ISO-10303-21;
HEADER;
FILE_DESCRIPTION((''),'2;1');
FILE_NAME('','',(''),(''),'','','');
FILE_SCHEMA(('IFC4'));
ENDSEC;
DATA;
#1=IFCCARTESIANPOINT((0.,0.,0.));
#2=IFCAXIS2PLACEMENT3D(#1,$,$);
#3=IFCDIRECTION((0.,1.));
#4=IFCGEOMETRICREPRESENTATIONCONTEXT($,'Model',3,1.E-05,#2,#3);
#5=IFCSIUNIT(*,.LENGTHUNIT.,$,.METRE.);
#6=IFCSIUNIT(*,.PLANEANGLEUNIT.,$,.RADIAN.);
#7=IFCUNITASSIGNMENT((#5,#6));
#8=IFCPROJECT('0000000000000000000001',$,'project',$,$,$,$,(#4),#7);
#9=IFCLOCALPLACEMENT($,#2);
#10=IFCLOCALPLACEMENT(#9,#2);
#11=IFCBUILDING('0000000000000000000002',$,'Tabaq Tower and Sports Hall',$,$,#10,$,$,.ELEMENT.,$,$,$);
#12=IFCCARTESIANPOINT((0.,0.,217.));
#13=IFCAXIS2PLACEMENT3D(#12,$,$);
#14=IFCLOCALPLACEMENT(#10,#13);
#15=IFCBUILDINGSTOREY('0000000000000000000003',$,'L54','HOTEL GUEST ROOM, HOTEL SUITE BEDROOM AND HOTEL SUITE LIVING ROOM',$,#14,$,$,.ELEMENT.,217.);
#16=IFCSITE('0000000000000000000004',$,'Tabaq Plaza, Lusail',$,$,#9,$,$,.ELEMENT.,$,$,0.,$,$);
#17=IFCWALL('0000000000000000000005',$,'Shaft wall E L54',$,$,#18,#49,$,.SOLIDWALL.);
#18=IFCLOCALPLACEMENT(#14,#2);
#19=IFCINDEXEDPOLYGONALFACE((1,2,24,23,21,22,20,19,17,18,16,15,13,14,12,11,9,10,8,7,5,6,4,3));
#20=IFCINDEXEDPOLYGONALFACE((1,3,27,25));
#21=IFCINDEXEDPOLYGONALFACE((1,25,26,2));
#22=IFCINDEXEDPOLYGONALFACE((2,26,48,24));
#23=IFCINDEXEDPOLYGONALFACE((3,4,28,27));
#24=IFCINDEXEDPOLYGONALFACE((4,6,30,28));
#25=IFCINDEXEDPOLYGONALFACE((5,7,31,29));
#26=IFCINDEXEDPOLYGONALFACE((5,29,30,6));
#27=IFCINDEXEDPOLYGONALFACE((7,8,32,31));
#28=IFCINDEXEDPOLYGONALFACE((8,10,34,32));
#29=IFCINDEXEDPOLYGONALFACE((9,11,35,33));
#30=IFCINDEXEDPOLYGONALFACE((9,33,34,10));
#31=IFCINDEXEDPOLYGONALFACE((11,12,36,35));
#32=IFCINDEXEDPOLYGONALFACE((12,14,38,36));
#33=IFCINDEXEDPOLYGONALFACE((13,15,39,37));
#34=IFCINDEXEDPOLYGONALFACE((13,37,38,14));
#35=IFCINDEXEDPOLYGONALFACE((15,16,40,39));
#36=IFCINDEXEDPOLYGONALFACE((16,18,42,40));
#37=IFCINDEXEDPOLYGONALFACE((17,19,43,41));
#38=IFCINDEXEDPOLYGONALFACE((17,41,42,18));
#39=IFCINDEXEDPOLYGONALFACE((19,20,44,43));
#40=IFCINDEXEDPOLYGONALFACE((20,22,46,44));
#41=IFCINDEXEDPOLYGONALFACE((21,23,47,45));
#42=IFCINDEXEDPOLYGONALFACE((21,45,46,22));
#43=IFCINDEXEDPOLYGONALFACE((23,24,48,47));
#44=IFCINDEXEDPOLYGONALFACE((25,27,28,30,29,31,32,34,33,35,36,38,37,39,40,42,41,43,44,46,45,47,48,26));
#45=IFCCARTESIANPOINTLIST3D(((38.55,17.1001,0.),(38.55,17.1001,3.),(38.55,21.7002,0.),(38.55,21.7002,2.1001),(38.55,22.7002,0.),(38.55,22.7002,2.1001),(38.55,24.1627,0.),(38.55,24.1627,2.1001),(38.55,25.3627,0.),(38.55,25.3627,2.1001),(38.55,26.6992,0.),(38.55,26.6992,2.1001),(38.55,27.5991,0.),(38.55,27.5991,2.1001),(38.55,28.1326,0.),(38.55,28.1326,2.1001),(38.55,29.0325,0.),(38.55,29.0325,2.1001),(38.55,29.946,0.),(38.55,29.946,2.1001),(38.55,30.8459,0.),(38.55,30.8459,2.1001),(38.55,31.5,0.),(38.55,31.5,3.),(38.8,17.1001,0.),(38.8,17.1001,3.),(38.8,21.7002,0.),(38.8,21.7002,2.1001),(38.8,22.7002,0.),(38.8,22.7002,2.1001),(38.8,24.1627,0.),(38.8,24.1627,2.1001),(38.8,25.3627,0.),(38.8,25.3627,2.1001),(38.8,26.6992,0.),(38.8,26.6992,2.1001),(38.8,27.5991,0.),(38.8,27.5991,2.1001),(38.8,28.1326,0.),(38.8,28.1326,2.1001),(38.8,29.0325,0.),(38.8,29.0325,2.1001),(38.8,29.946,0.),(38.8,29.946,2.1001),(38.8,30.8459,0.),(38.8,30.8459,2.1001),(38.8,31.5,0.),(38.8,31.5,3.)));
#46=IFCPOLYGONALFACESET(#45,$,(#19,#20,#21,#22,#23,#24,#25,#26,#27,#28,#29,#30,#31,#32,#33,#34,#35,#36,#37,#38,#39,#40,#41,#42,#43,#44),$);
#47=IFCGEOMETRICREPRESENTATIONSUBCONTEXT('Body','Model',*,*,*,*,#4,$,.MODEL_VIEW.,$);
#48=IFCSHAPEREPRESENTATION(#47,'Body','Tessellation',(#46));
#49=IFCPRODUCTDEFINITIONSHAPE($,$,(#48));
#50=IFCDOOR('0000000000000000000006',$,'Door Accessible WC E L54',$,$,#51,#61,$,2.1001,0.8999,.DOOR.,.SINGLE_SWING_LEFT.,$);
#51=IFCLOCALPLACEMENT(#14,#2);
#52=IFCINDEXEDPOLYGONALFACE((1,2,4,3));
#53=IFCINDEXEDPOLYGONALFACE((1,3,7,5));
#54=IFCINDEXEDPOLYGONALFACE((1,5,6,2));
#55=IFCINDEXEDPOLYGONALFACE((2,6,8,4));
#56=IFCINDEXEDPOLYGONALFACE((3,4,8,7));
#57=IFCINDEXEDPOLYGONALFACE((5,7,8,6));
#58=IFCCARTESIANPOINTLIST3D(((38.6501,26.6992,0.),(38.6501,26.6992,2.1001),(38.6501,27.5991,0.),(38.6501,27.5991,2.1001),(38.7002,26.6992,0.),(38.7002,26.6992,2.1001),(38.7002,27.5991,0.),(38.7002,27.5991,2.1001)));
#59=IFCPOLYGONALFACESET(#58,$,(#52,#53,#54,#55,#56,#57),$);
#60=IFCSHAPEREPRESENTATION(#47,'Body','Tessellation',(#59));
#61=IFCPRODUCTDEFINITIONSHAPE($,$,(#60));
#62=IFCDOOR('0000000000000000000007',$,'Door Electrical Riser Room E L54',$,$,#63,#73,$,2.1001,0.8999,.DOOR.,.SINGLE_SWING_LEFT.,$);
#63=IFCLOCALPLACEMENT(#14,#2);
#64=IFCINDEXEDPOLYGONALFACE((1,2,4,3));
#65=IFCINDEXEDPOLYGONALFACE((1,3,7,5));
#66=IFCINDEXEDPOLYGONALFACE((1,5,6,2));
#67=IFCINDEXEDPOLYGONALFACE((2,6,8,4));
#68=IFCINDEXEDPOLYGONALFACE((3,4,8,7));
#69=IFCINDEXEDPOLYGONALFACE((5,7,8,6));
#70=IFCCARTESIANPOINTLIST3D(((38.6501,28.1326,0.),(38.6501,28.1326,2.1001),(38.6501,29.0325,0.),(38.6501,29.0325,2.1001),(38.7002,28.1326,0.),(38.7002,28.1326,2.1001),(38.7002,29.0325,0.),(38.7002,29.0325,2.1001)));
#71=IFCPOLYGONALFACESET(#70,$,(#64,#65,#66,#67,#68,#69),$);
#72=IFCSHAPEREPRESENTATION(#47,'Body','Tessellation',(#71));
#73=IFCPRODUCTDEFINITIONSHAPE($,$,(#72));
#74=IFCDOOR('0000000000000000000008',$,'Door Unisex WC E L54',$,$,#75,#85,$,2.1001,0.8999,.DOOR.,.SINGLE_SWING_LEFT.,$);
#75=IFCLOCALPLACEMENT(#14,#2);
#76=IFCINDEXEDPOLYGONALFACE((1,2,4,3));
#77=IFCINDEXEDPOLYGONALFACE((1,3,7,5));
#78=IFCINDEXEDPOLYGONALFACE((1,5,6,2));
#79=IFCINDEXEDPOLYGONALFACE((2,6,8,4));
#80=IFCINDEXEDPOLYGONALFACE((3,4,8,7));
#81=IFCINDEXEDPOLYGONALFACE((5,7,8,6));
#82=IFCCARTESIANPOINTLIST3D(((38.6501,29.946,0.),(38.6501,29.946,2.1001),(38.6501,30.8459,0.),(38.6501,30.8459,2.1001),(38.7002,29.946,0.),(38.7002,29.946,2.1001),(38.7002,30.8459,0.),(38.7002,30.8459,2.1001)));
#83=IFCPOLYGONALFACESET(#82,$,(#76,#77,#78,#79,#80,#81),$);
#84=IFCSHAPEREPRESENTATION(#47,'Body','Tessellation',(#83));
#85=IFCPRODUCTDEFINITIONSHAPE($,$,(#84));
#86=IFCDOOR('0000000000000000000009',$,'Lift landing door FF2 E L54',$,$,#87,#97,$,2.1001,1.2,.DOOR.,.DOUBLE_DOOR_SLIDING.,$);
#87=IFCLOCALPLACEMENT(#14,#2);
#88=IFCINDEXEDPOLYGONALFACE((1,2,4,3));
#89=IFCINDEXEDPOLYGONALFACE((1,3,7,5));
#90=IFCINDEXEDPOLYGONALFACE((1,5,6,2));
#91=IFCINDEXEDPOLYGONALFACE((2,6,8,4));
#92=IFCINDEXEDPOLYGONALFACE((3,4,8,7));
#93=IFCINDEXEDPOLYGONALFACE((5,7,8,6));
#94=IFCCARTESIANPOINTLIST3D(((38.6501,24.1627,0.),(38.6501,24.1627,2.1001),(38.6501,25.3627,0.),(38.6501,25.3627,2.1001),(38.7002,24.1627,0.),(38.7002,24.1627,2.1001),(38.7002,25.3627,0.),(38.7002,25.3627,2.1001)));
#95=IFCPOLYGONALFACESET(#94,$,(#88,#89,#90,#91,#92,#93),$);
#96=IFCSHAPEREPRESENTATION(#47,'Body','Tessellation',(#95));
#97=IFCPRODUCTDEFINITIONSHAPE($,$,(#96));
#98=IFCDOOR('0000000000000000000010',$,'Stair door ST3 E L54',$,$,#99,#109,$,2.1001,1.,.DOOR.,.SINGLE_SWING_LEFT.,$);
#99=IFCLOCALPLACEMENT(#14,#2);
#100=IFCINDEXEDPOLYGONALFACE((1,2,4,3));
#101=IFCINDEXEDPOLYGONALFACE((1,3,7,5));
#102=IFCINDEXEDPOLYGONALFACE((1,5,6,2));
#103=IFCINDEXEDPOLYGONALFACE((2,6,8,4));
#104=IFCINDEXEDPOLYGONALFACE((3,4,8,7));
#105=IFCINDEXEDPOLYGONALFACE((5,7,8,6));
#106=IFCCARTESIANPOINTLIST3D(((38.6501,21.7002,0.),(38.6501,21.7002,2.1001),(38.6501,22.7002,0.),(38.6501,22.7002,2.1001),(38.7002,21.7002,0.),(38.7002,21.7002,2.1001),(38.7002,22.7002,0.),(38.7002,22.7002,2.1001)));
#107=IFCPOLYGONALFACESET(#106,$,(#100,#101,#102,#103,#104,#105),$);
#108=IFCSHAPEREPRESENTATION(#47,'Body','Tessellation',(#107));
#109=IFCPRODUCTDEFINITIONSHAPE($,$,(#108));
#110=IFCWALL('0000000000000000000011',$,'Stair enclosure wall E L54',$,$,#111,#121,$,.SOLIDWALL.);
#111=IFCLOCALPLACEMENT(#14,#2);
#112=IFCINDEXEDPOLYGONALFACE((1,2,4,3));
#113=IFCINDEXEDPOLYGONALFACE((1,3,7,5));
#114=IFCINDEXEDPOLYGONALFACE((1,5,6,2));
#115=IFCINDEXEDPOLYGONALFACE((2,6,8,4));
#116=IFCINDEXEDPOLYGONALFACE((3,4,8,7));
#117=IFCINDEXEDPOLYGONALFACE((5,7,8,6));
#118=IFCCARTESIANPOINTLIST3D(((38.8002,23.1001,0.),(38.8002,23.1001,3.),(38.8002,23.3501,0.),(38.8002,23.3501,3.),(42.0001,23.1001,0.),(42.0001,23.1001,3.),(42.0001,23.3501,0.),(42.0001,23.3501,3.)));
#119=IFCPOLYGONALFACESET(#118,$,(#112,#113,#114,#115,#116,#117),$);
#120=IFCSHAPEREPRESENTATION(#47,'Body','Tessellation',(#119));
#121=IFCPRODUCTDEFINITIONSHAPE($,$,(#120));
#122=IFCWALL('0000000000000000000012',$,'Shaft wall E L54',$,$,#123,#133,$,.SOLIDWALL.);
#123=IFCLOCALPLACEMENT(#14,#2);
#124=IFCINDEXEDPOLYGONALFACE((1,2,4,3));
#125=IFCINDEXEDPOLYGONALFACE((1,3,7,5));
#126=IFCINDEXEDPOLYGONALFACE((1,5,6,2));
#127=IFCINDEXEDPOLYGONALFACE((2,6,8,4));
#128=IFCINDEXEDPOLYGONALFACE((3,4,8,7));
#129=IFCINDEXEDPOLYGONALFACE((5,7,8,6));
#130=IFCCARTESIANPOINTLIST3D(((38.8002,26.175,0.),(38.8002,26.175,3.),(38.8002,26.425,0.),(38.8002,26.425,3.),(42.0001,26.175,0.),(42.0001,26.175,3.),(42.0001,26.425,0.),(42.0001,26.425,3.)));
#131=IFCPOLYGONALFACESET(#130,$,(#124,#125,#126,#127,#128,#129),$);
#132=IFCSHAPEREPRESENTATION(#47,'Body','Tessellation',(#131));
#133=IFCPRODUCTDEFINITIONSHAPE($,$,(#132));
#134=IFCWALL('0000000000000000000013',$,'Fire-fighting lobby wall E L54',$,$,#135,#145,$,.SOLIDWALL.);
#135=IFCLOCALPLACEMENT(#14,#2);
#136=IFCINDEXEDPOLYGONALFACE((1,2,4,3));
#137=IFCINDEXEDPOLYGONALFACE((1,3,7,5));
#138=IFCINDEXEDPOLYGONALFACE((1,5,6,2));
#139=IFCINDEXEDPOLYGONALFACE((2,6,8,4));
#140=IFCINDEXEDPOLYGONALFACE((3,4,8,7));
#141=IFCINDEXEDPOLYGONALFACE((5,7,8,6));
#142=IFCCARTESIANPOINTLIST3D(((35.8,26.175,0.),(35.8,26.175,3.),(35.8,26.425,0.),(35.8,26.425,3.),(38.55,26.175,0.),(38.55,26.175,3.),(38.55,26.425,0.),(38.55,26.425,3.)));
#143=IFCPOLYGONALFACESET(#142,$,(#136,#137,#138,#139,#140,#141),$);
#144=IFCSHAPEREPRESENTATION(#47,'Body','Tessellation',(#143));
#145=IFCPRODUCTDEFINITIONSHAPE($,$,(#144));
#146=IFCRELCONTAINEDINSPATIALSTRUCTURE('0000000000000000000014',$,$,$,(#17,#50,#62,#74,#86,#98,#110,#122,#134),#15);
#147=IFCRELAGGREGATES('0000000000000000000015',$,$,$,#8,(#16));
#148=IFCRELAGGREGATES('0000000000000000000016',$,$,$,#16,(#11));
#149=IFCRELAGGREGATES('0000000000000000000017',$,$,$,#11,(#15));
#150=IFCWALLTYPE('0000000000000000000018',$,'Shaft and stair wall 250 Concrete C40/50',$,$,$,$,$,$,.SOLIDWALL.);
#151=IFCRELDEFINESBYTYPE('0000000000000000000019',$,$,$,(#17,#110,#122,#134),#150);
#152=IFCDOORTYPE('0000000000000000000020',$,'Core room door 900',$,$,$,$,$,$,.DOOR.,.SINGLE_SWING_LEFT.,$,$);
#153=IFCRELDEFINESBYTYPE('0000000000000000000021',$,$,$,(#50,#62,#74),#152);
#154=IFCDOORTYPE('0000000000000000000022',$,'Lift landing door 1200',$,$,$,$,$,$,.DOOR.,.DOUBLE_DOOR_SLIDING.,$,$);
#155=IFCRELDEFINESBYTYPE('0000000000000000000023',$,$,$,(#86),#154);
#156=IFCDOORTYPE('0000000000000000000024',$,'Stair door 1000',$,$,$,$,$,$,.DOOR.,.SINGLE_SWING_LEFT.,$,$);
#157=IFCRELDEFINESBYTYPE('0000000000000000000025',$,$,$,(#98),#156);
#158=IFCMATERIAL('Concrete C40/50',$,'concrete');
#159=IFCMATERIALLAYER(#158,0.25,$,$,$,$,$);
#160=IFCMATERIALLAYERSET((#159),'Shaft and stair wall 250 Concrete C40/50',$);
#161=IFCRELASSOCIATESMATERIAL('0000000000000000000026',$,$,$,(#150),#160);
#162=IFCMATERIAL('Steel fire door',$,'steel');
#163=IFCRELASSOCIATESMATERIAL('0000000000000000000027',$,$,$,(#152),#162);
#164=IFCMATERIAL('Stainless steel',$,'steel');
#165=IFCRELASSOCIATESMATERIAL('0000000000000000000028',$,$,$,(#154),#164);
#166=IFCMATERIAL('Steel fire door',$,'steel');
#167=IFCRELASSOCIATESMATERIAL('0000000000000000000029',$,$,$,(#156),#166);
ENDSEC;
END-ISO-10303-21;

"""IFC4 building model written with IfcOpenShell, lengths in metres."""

from ifc_helpers import new_model, si_unit, direction, frame, frame_2d, origin, place, context, subcontext, project, spatial, rectangle, extrude, material, layer, layer_set, type_object, element, fill, save


model = new_model("IFC4")

# Units and contexts
model_context = context("Model", 3, precision=1e-05, world=origin(), true_north=direction((0.0, 1.0)))
body_context = subcontext(model_context, "Body", "Model", "MODEL_VIEW")
ifc_project = project(units=[si_unit("LENGTHUNIT", "METRE"), si_unit("PLANEANGLEUNIT", "RADIAN")], contexts=[model_context])

# Site, building, storey
site_placement = place(None, origin())
site = spatial("IfcSite", under=ifc_project, at=site_placement, Name="Tabaq Plaza, Lusail", CompositionType="ELEMENT", RefElevation=0.0)
building_placement = place(site_placement, origin())
building = spatial("IfcBuilding", under=site, at=building_placement, Name="Tabaq Tower and Sports Hall", CompositionType="ELEMENT")
storey_placement = place(building_placement, frame((0.0, 0.0, 217.0)))
storey = spatial("IfcBuildingStorey", under=building, at=storey_placement, Name="L54", Description="HOTEL GUEST ROOM, HOTEL SUITE BEDROOM AND HOTEL SUITE LIVING ROOM", CompositionType="ELEMENT", Elevation=217.0)

# Wall, openings, doors
ifc_material_1 = material(Name="Concrete C40/50", Category="concrete")
ifc_layer_1 = layer(ifc_material_1, 0.25)
ifc_layer_set_1 = layer_set([ifc_layer_1], Name="Shaft and stair wall 250 Concrete C40/50")
wall_type_1 = type_object("IfcWallType", Name="Shaft and stair wall 250 Concrete C40/50", PredefinedType="SOLIDWALL", material=ifc_layer_set_1)
wall_1_placement = place(storey_placement, frame((38.675, 17.1001, 0.0), z_axis=(0.0, 0.0, 1.0), x_axis=(0.0, 1.0, 0.0)))
wall_1 = element("IfcWall", 1, at=wall_1_placement, inside=storey, type_object=wall_type_1, Name="Shaft wall E L54", PredefinedType="SOLIDWALL", context=body_context, shape_type="SweptSolid", body=[
    extrude(rectangle(XDim=14.3999, YDim=0.25, at=frame_2d((7.2, 0.0))), origin(), (0.0, 0.0, 1.0), 3.0),
])
opening_1_placement = place(wall_1_placement, frame((4.6001, 0.0, 0.0)))
opening_1 = element("IfcOpeningElement", 2, at=opening_1_placement, cuts=wall_1, PredefinedType="OPENING", context=body_context, shape_type="SweptSolid", body=[
    extrude(rectangle(XDim=1.0, YDim=2.1001, at=frame_2d((0.5, 1.05))), frame((0.0, 0.125, 0.0), z_axis=(0.0, -1.0, 0.0), x_axis=(1.0, 0.0, 0.0)), (0.0, 0.0, 1.0), 0.25),
])
opening_2_placement = place(wall_1_placement, frame((7.0625, 0.0, 0.0)))
opening_2 = element("IfcOpeningElement", 3, at=opening_2_placement, cuts=wall_1, PredefinedType="OPENING", context=body_context, shape_type="SweptSolid", body=[
    extrude(rectangle(XDim=1.2, YDim=2.1001, at=frame_2d((0.6001, 1.05))), frame((0.0, 0.125, 0.0), z_axis=(0.0, -1.0, 0.0), x_axis=(1.0, 0.0, 0.0)), (0.0, 0.0, 1.0), 0.25),
])
opening_3_placement = place(wall_1_placement, frame((9.5991, 0.0, 0.0)))
opening_3 = element("IfcOpeningElement", 4, at=opening_3_placement, cuts=wall_1, PredefinedType="OPENING", context=body_context, shape_type="SweptSolid", body=[
    extrude(rectangle(XDim=0.8999, YDim=2.1001, at=frame_2d((0.45, 1.05))), frame((0.0, 0.125, 0.0), z_axis=(0.0, -1.0, 0.0), x_axis=(1.0, 0.0, 0.0)), (0.0, 0.0, 1.0), 0.25),
])
opening_4_placement = place(wall_1_placement, frame((11.0325, 0.0, 0.0)))
opening_4 = element("IfcOpeningElement", 5, at=opening_4_placement, cuts=wall_1, PredefinedType="OPENING", context=body_context, shape_type="SweptSolid", body=[
    extrude(rectangle(XDim=0.8999, YDim=2.1001, at=frame_2d((0.45, 1.05))), frame((0.0, 0.125, 0.0), z_axis=(0.0, -1.0, 0.0), x_axis=(1.0, 0.0, 0.0)), (0.0, 0.0, 1.0), 0.25),
])
opening_5_placement = place(wall_1_placement, frame((12.8459, 0.0, 0.0)))
opening_5 = element("IfcOpeningElement", 6, at=opening_5_placement, cuts=wall_1, PredefinedType="OPENING", context=body_context, shape_type="SweptSolid", body=[
    extrude(rectangle(XDim=0.8999, YDim=2.1001, at=frame_2d((0.45, 1.05))), frame((0.0, 0.125, 0.0), z_axis=(0.0, -1.0, 0.0), x_axis=(1.0, 0.0, 0.0)), (0.0, 0.0, 1.0), 0.25),
])
ifc_material_2 = material(Name="Steel fire door", Category="steel")
door_type_1 = type_object("IfcDoorType", Name="Core room door 900", OperationType="SINGLE_SWING_LEFT", PredefinedType="DOOR", material=ifc_material_2)
door_1_placement = place(opening_3_placement, origin())
door_1 = element("IfcDoor", 7, at=door_1_placement, inside=storey, type_object=door_type_1, Name="Door Accessible WC E L54", OperationType="SINGLE_SWING_LEFT", OverallHeight=2.1001, OverallWidth=0.8999, PredefinedType="DOOR", context=body_context, shape_type="SweptSolid", body=[
    extrude(rectangle(XDim=0.8999, YDim=2.1001, at=frame_2d((0.45, 1.05))), frame((0.0, 0.0249, 0.0), z_axis=(0.0, -1.0, 0.0), x_axis=(1.0, 0.0, 0.0)), (0.0, 0.0, 1.0), 0.05),
])
fill(opening_3, door_1)
door_2_placement = place(opening_4_placement, origin())
door_2 = element("IfcDoor", 8, at=door_2_placement, inside=storey, type_object=door_type_1, Name="Door Electrical Riser Room E L54", OperationType="SINGLE_SWING_LEFT", OverallHeight=2.1001, OverallWidth=0.8999, PredefinedType="DOOR", context=body_context, shape_type="SweptSolid", body=[
    extrude(rectangle(XDim=0.8999, YDim=2.1001, at=frame_2d((0.45, 1.05))), frame((0.0, 0.0249, 0.0), z_axis=(0.0, -1.0, 0.0), x_axis=(1.0, 0.0, 0.0)), (0.0, 0.0, 1.0), 0.05),
])
fill(opening_4, door_2)
door_3_placement = place(opening_5_placement, origin())
door_3 = element("IfcDoor", 9, at=door_3_placement, inside=storey, type_object=door_type_1, Name="Door Unisex WC E L54", OperationType="SINGLE_SWING_LEFT", OverallHeight=2.1001, OverallWidth=0.8999, PredefinedType="DOOR", context=body_context, shape_type="SweptSolid", body=[
    extrude(rectangle(XDim=0.8999, YDim=2.1001, at=frame_2d((0.45, 1.05))), frame((0.0, 0.0249, 0.0), z_axis=(0.0, -1.0, 0.0), x_axis=(1.0, 0.0, 0.0)), (0.0, 0.0, 1.0), 0.05),
])
fill(opening_5, door_3)
ifc_material_3 = material(Name="Stainless steel", Category="steel")
door_type_2 = type_object("IfcDoorType", Name="Lift landing door 1200", OperationType="DOUBLE_DOOR_SLIDING", PredefinedType="DOOR", material=ifc_material_3)
door_4_placement = place(opening_2_placement, origin())
door_4 = element("IfcDoor", 10, at=door_4_placement, inside=storey, type_object=door_type_2, Name="Lift landing door FF2 E L54", OperationType="DOUBLE_DOOR_SLIDING", OverallHeight=2.1001, OverallWidth=1.2, PredefinedType="DOOR", context=body_context, shape_type="SweptSolid", body=[
    extrude(rectangle(XDim=1.2, YDim=2.1001, at=frame_2d((0.6001, 1.05))), frame((0.0, 0.0249, 0.0), z_axis=(0.0, -1.0, 0.0), x_axis=(1.0, 0.0, 0.0)), (0.0, 0.0, 1.0), 0.05),
])
fill(opening_2, door_4)
ifc_material_4 = material(Name="Steel fire door", Category="steel")
door_type_3 = type_object("IfcDoorType", Name="Stair door 1000", OperationType="SINGLE_SWING_LEFT", PredefinedType="DOOR", material=ifc_material_4)
door_5_placement = place(opening_1_placement, origin())
door_5 = element("IfcDoor", 11, at=door_5_placement, inside=storey, type_object=door_type_3, Name="Stair door ST3 E L54", OperationType="SINGLE_SWING_LEFT", OverallHeight=2.1001, OverallWidth=1.0, PredefinedType="DOOR", context=body_context, shape_type="SweptSolid", body=[
    extrude(rectangle(XDim=1.0, YDim=2.1001, at=frame_2d((0.5, 1.05))), frame((0.0, 0.0249, 0.0), z_axis=(0.0, -1.0, 0.0), x_axis=(1.0, 0.0, 0.0)), (0.0, 0.0, 1.0), 0.05),
])
fill(opening_1, door_5)

# Walls
for number, where, z_axis, x_axis, name in (
    (12, (38.8, 23.2251, 0.0), (0.0, 0.0, 1.0), (1.0, 0.0, 0.0), "Stair enclosure wall E L54"),
    (13, (38.8, 26.3, 0.0), (0.0, 0.0, 1.0), (1.0, 0.0, 0.0), "Shaft wall E L54"),
):
    element("IfcWall", number, at=place(storey_placement, frame(where, z_axis=z_axis, x_axis=x_axis)), inside=storey, type_object=wall_type_1, Name=name, PredefinedType="SOLIDWALL", context=body_context, shape_type="SweptSolid", body=[
        extrude(rectangle(XDim=3.2, YDim=0.25, at=frame_2d((1.6001, 0.0))), origin(), (0.0, 0.0, 1.0), 3.0),
    ])
wall_2_placement = place(storey_placement, frame((35.8, 26.3, 0.0), z_axis=(0.0, 0.0, 1.0), x_axis=(1.0, 0.0, 0.0)))
element("IfcWall", 14, at=wall_2_placement, inside=storey, type_object=wall_type_1, Name="Fire-fighting lobby wall E L54", PredefinedType="SOLIDWALL", context=body_context, shape_type="SweptSolid", body=[
    extrude(rectangle(XDim=2.75, YDim=0.25, at=frame_2d((1.375, 0.0))), origin(), (0.0, 0.0, 1.0), 3.0),
])

save(model, "model.ifc")
